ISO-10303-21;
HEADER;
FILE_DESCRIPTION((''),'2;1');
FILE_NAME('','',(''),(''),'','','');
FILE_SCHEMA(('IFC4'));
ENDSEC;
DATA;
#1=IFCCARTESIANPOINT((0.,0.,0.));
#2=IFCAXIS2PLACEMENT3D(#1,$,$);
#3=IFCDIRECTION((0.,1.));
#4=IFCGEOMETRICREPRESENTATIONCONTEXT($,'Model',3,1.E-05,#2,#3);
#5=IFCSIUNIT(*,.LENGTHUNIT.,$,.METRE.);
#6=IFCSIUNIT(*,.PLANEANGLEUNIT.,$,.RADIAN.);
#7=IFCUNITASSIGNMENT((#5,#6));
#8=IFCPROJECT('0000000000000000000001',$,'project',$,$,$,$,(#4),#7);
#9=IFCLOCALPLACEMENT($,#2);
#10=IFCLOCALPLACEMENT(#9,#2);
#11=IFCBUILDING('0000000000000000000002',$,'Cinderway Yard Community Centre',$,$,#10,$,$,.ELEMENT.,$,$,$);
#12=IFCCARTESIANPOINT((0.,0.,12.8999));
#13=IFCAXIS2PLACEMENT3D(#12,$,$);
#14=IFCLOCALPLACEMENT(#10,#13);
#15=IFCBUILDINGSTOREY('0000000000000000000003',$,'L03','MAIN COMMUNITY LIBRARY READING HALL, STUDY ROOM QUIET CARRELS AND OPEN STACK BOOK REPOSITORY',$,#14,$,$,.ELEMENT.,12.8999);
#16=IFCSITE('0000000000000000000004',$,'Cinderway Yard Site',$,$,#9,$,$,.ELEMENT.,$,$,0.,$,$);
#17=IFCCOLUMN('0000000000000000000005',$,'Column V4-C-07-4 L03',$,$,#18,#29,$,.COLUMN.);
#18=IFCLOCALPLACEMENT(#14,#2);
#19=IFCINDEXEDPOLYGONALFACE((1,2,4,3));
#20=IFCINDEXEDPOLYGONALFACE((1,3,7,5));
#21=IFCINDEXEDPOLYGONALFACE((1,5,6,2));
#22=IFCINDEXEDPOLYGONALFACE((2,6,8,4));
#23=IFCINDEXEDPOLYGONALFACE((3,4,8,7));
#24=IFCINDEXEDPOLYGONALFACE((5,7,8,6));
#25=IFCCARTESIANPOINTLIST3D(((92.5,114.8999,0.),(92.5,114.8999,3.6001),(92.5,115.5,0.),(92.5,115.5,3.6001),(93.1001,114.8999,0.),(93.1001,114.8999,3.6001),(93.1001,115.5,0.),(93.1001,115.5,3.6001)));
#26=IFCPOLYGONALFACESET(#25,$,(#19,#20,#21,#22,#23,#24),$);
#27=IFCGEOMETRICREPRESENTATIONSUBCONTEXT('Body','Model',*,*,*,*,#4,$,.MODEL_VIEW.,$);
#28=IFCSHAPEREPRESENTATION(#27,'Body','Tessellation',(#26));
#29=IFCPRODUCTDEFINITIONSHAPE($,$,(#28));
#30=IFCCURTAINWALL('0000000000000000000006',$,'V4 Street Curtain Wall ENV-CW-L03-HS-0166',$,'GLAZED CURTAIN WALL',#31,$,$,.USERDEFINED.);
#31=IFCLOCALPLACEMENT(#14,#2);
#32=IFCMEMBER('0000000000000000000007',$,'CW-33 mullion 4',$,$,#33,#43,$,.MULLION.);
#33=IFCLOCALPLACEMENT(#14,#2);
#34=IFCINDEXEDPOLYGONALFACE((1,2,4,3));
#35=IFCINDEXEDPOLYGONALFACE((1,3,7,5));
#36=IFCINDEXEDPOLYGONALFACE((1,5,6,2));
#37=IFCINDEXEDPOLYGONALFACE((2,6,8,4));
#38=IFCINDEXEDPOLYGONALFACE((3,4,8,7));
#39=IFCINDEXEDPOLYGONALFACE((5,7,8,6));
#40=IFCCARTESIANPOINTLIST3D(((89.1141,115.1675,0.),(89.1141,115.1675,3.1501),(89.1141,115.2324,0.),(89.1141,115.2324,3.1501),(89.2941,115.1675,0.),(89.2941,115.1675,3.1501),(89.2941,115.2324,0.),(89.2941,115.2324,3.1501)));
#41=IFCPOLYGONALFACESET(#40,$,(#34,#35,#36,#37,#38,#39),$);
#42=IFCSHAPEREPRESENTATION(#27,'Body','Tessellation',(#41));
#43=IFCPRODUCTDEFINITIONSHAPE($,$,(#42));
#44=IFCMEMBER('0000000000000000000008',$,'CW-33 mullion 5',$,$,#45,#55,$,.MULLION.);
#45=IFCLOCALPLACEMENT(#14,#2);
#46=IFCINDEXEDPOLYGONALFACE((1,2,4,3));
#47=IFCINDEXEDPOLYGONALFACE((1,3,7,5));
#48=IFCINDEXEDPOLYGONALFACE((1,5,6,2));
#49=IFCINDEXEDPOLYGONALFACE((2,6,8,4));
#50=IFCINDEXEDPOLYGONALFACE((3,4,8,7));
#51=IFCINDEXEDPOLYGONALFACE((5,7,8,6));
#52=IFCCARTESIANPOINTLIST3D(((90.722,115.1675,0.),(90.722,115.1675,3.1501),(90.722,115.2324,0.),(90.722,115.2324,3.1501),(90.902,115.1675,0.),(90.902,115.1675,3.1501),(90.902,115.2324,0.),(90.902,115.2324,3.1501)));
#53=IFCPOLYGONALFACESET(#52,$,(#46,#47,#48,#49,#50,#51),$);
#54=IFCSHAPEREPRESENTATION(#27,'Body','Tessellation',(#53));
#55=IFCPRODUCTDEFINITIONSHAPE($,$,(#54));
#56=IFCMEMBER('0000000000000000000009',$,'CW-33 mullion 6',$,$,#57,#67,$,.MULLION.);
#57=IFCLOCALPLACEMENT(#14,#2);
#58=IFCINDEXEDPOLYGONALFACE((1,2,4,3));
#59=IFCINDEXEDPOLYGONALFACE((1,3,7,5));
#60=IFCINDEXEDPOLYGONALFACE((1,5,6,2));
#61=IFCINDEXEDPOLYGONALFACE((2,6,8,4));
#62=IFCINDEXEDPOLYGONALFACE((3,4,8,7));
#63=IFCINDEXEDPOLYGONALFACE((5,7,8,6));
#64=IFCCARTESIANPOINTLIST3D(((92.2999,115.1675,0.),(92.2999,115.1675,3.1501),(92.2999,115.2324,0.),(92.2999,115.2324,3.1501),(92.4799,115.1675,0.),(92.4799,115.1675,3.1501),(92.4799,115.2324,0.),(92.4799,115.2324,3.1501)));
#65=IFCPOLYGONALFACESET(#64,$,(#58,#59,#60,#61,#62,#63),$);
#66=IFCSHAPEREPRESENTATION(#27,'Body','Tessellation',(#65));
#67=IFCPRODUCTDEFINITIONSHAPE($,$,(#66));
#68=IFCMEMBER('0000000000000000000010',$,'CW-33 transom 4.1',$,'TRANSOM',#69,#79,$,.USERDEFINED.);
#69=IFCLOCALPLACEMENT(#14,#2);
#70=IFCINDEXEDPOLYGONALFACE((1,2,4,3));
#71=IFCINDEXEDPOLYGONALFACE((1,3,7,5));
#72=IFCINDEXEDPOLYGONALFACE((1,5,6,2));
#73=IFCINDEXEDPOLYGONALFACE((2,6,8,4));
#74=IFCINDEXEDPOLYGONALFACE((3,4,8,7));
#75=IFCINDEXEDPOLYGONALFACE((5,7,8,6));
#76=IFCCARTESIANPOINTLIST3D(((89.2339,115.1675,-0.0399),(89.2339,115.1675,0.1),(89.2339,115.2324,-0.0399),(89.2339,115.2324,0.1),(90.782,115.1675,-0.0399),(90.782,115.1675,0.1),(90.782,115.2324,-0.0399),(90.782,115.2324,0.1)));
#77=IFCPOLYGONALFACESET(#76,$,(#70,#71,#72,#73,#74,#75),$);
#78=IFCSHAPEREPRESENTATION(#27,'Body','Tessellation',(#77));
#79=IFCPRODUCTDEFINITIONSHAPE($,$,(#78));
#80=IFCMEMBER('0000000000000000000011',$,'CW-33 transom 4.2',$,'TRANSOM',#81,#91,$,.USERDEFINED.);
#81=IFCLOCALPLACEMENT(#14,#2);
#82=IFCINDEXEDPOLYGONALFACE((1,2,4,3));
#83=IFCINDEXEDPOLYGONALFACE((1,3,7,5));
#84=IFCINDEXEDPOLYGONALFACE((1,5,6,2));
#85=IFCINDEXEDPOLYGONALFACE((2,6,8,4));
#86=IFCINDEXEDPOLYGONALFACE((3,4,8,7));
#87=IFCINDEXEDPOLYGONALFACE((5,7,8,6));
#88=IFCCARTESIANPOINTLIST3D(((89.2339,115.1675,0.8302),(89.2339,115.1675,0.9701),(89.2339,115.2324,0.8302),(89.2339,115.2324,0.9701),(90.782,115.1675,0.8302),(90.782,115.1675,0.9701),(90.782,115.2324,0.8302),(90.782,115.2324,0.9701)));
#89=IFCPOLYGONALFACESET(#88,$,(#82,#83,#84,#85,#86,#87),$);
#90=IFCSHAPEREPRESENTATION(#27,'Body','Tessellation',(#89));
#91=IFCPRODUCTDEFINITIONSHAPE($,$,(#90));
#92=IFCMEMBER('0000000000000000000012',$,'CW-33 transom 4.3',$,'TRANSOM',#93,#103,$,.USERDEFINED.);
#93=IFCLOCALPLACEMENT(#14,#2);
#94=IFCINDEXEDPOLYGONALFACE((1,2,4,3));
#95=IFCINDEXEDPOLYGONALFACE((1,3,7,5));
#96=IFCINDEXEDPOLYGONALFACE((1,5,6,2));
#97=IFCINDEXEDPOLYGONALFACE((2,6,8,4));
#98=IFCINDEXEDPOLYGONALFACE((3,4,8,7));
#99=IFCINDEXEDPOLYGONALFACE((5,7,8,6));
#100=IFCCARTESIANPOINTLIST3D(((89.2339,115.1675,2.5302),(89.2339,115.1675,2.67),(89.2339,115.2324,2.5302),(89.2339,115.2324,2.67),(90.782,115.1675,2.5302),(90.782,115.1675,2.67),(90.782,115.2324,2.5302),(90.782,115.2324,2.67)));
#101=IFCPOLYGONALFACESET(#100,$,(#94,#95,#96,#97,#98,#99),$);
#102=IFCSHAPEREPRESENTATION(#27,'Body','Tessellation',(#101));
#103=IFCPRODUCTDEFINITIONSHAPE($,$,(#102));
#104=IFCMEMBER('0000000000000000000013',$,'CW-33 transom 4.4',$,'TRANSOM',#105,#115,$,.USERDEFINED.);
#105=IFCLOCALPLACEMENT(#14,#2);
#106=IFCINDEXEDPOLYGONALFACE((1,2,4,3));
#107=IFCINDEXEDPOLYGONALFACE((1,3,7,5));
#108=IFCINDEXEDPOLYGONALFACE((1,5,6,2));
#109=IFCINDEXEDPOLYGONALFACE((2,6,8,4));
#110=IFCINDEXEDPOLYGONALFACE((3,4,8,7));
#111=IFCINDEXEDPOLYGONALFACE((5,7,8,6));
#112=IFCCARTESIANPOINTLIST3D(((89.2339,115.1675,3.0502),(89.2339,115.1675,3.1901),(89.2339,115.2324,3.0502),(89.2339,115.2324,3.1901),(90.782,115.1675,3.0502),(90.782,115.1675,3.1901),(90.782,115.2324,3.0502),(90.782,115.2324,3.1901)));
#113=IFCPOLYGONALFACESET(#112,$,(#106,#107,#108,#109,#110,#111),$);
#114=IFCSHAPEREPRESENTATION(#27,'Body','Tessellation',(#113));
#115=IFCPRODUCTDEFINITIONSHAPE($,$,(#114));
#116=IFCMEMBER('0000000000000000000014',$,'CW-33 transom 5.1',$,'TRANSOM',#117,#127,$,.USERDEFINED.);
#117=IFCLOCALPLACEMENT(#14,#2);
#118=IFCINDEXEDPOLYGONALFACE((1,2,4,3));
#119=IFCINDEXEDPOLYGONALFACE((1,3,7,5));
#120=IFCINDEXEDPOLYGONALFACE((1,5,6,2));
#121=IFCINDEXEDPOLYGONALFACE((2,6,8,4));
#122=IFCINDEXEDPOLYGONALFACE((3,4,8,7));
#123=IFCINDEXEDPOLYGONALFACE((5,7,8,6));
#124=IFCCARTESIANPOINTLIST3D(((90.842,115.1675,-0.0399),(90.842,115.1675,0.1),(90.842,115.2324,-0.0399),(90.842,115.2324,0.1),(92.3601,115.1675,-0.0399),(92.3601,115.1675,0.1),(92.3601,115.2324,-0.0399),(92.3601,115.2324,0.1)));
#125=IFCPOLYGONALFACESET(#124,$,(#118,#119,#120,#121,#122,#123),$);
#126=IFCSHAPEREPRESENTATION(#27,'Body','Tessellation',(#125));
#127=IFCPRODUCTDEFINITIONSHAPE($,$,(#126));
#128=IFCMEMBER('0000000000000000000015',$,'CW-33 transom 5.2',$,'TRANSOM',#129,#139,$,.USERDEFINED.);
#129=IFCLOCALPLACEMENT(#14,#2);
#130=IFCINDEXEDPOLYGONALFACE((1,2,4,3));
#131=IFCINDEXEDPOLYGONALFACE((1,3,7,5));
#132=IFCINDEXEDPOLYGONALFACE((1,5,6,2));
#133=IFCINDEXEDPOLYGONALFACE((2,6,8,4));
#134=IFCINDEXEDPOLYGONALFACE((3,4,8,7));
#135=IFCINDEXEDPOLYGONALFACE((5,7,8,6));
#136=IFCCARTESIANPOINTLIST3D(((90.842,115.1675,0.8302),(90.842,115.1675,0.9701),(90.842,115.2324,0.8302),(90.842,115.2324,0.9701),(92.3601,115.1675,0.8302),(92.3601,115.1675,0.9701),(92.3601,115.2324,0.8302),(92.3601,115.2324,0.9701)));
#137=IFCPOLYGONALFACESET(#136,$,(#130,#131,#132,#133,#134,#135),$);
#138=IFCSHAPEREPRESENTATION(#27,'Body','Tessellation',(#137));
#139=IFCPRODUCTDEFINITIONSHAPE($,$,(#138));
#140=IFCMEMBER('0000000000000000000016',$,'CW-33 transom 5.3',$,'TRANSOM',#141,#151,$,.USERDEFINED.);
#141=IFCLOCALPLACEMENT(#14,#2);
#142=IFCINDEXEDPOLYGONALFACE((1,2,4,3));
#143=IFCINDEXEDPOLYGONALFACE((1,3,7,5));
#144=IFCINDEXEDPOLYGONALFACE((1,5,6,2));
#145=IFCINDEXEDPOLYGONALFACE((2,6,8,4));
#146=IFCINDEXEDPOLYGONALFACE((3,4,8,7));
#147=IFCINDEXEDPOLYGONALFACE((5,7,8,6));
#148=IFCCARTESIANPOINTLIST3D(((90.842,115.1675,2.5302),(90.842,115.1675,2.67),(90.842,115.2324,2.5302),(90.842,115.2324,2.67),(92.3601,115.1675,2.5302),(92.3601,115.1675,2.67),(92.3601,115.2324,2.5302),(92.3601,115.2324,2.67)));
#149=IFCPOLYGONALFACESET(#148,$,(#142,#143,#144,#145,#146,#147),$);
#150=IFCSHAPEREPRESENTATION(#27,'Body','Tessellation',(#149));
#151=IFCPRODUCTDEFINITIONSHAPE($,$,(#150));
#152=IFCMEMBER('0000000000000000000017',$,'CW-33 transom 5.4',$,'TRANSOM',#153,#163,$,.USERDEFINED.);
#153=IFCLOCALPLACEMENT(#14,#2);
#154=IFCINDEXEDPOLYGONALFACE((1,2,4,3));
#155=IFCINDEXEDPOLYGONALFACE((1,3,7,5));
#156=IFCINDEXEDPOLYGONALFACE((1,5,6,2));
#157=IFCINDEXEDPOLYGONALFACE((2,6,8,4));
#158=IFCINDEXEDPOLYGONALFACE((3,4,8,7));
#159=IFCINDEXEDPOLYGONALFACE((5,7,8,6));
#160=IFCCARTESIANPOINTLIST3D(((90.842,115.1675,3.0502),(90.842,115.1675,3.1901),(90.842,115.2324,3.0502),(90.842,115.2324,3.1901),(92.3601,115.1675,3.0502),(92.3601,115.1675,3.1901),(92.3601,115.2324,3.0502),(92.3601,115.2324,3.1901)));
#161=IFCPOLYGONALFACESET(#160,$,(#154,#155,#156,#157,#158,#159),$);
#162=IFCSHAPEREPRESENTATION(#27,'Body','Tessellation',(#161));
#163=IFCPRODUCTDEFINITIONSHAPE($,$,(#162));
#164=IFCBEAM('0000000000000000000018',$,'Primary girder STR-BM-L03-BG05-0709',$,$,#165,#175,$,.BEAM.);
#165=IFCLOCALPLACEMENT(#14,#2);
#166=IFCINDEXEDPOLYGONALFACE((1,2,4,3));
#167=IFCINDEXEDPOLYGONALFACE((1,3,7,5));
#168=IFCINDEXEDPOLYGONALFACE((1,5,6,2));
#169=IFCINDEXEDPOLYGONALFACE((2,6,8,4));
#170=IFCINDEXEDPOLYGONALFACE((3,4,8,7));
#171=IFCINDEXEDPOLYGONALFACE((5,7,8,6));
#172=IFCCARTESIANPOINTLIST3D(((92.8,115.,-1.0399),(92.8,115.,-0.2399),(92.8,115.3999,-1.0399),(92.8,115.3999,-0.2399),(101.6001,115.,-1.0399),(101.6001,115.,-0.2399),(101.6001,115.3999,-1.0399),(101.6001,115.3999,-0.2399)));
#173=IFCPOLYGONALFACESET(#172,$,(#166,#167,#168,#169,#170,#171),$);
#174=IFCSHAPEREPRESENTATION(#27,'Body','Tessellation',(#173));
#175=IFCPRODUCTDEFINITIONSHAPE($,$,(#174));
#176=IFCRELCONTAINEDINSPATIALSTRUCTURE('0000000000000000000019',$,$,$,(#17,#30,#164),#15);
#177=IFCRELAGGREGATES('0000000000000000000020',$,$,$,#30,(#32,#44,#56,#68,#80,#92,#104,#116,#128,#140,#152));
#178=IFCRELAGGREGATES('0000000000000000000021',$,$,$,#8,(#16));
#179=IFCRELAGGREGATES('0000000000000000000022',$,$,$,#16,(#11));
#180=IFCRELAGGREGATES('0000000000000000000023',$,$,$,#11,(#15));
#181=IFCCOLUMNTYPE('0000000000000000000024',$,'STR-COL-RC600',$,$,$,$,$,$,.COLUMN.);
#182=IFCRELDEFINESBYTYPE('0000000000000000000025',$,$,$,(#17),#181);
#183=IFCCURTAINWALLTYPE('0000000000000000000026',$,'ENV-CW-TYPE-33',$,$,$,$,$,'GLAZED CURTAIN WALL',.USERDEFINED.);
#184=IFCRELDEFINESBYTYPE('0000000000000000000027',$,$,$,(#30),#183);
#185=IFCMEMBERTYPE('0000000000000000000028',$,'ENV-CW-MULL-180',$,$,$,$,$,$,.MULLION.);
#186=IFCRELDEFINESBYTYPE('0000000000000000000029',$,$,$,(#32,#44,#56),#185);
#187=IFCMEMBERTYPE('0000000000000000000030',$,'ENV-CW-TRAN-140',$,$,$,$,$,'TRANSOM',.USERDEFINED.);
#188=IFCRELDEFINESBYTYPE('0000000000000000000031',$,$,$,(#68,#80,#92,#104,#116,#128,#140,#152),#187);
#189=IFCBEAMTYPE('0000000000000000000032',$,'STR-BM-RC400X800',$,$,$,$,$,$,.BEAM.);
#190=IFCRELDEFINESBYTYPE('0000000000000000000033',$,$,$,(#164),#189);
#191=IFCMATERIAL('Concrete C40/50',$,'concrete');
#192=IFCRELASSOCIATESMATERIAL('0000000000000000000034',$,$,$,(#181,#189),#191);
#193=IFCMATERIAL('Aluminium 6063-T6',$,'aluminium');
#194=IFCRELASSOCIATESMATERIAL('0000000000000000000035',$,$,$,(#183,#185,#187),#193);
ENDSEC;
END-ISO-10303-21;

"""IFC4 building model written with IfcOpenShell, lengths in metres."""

from ifc_helpers import new_model, si_unit, direction, frame, origin, origin_2d, place, context, subcontext, project, spatial, rectangle, extrude, material, material_profile, profile_set, type_object, element, aggregate, save


model = new_model("IFC4")

# Units and contexts
model_context = context("Model", 3, precision=1e-05, world=origin(), true_north=direction((0.0, 1.0)))
body_context = subcontext(model_context, "Body", "Model", "MODEL_VIEW")
ifc_project = project(units=[si_unit("LENGTHUNIT", "METRE"), si_unit("PLANEANGLEUNIT", "RADIAN")], contexts=[model_context])

# Site, building, storey
site_placement = place(None, origin())
site = spatial("IfcSite", under=ifc_project, at=site_placement, Name="Cinderway Yard Site", CompositionType="ELEMENT", RefElevation=0.0)
building_placement = place(site_placement, origin())
building = spatial("IfcBuilding", under=site, at=building_placement, Name="Cinderway Yard Community Centre", CompositionType="ELEMENT")
storey_placement = place(building_placement, frame((0.0, 0.0, 12.8999)))
storey = spatial("IfcBuildingStorey", under=building, at=storey_placement, Name="L03", Description="MAIN COMMUNITY LIBRARY READING HALL, STUDY ROOM QUIET CARRELS AND OPEN STACK BOOK REPOSITORY", CompositionType="ELEMENT", Elevation=12.8999)

# Column
ifc_material_1 = material(Name="Concrete C40/50", Category="concrete")
ifc_material_profile_1 = material_profile(ifc_material_1, rectangle(XDim=0.6001, YDim=0.6001, at=origin_2d()), Name="Concrete C40/50")
ifc_profile_set_1 = profile_set([ifc_material_profile_1], Name="Concrete C40/50")
column_type = type_object("IfcColumnType", Name="STR-COL-RC600", PredefinedType="COLUMN", material=ifc_profile_set_1)
column_placement = place(storey_placement, frame((92.8, 115.2, 0.0), z_axis=(0.0, 0.0, 1.0), x_axis=(1.0, 0.0, 0.0)))
element("IfcColumn", 1, at=column_placement, inside=storey, type_object=column_type, Name="Column V4-C-07-4 L03", PredefinedType="COLUMN", context=body_context, shape_type="SweptSolid", body=[
    extrude(rectangle(XDim=0.6001, YDim=0.6001, at=origin_2d()), origin(), (0.0, 0.0, 1.0), 3.6001),
])

# Curtain wall, members
ifc_material_2 = material(Name="Aluminium 6063-T6", Category="aluminium")
curtain_wall_type = type_object("IfcCurtainWallType", Name="ENV-CW-TYPE-33", ElementType="GLAZED CURTAIN WALL", PredefinedType="USERDEFINED", material=ifc_material_2)
curtain_wall_placement = place(storey_placement, origin())
curtain_wall = element("IfcCurtainWall", 2, at=curtain_wall_placement, inside=storey, type_object=curtain_wall_type, Name="V4 Street Curtain Wall ENV-CW-L03-HS-0166", ObjectType="GLAZED CURTAIN WALL", PredefinedType="USERDEFINED")
ifc_material_profile_2 = material_profile(ifc_material_2, rectangle(XDim=0.0649, YDim=0.1799, at=origin_2d()), Name="Aluminium 6063-T6")
ifc_profile_set_2 = profile_set([ifc_material_profile_2], Name="Aluminium 6063-T6")
member_type_1 = type_object("IfcMemberType", Name="ENV-CW-MULL-180", PredefinedType="MULLION", material=ifc_profile_set_2)
member_1_placement = place(storey_placement, frame((89.2041, 115.2, 0.0), z_axis=(0.0, 0.0, 1.0), x_axis=(0.0, 1.0, 0.0)))
member_1 = element("IfcMember", 3, at=member_1_placement, type_object=member_type_1, Name="CW-33 mullion 4", PredefinedType="MULLION", context=body_context, shape_type="SweptSolid", body=[
    extrude(rectangle(XDim=0.0649, YDim=0.1799, at=origin_2d()), origin(), (0.0, 0.0, 1.0), 3.1501),
])
member_2_placement = place(storey_placement, frame((90.812, 115.2, 0.0), z_axis=(0.0, 0.0, 1.0), x_axis=(0.0, 1.0, 0.0)))
member_2 = element("IfcMember", 4, at=member_2_placement, type_object=member_type_1, Name="CW-33 mullion 5", PredefinedType="MULLION", context=body_context, shape_type="SweptSolid", body=[
    extrude(rectangle(XDim=0.0649, YDim=0.1799, at=origin_2d()), origin(), (0.0, 0.0, 1.0), 3.1501),
])
member_3_placement = place(storey_placement, frame((92.3899, 115.2, 0.0), z_axis=(0.0, 0.0, 1.0), x_axis=(0.0, 1.0, 0.0)))
member_3 = element("IfcMember", 5, at=member_3_placement, type_object=member_type_1, Name="CW-33 mullion 6", PredefinedType="MULLION", context=body_context, shape_type="SweptSolid", body=[
    extrude(rectangle(XDim=0.0649, YDim=0.1799, at=origin_2d()), origin(), (0.0, 0.0, 1.0), 3.1501),
])
ifc_material_profile_3 = material_profile(ifc_material_2, rectangle(XDim=0.0649, YDim=0.1399, at=origin_2d()), Name="Aluminium 6063-T6")
ifc_profile_set_3 = profile_set([ifc_material_profile_3], Name="Aluminium 6063-T6")
member_type_2 = type_object("IfcMemberType", Name="ENV-CW-TRAN-140", ElementType="TRANSOM", PredefinedType="USERDEFINED", material=ifc_profile_set_3)
member_4_placement = place(storey_placement, frame((89.2339, 115.2, 0.03), z_axis=(1.0, 0.0, 0.0), x_axis=(0.0, 1.0, 0.0)))
member_4 = element("IfcMember", 6, at=member_4_placement, type_object=member_type_2, Name="CW-33 transom 4.1", ObjectType="TRANSOM", PredefinedType="USERDEFINED", context=body_context, shape_type="SweptSolid", body=[
    extrude(rectangle(XDim=0.0649, YDim=0.1399, at=origin_2d()), origin(), (0.0, 0.0, 1.0), 1.5481),
])
member_5_placement = place(storey_placement, frame((89.2339, 115.2, 0.9001), z_axis=(1.0, 0.0, 0.0), x_axis=(0.0, 1.0, 0.0)))
member_5 = element("IfcMember", 7, at=member_5_placement, type_object=member_type_2, Name="CW-33 transom 4.2", ObjectType="TRANSOM", PredefinedType="USERDEFINED", context=body_context, shape_type="SweptSolid", body=[
    extrude(rectangle(XDim=0.0649, YDim=0.1399, at=origin_2d()), origin(), (0.0, 0.0, 1.0), 1.5481),
])
member_6_placement = place(storey_placement, frame((89.2339, 115.2, 2.6001), z_axis=(1.0, 0.0, 0.0), x_axis=(0.0, 1.0, 0.0)))
member_6 = element("IfcMember", 8, at=member_6_placement, type_object=member_type_2, Name="CW-33 transom 4.3", ObjectType="TRANSOM", PredefinedType="USERDEFINED", context=body_context, shape_type="SweptSolid", body=[
    extrude(rectangle(XDim=0.0649, YDim=0.1399, at=origin_2d()), origin(), (0.0, 0.0, 1.0), 1.5481),
])
member_7_placement = place(storey_placement, frame((89.2339, 115.2, 3.1201), z_axis=(1.0, 0.0, 0.0), x_axis=(0.0, 1.0, 0.0)))
member_7 = element("IfcMember", 9, at=member_7_placement, type_object=member_type_2, Name="CW-33 transom 4.4", ObjectType="TRANSOM", PredefinedType="USERDEFINED", context=body_context, shape_type="SweptSolid", body=[
    extrude(rectangle(XDim=0.0649, YDim=0.1399, at=origin_2d()), origin(), (0.0, 0.0, 1.0), 1.5481),
])
member_8_placement = place(storey_placement, frame((90.842, 115.2, 0.03), z_axis=(1.0, 0.0, 0.0), x_axis=(0.0, 1.0, 0.0)))
member_8 = element("IfcMember", 10, at=member_8_placement, type_object=member_type_2, Name="CW-33 transom 5.1", ObjectType="TRANSOM", PredefinedType="USERDEFINED", context=body_context, shape_type="SweptSolid", body=[
    extrude(rectangle(XDim=0.0649, YDim=0.1399, at=origin_2d()), origin(), (0.0, 0.0, 1.0), 1.5181),
])
member_9_placement = place(storey_placement, frame((90.842, 115.2, 0.9001), z_axis=(1.0, 0.0, 0.0), x_axis=(0.0, 1.0, 0.0)))
member_9 = element("IfcMember", 11, at=member_9_placement, type_object=member_type_2, Name="CW-33 transom 5.2", ObjectType="TRANSOM", PredefinedType="USERDEFINED", context=body_context, shape_type="SweptSolid", body=[
    extrude(rectangle(XDim=0.0649, YDim=0.1399, at=origin_2d()), origin(), (0.0, 0.0, 1.0), 1.5181),
])
member_10_placement = place(storey_placement, frame((90.842, 115.2, 2.6001), z_axis=(1.0, 0.0, 0.0), x_axis=(0.0, 1.0, 0.0)))
member_10 = element("IfcMember", 12, at=member_10_placement, type_object=member_type_2, Name="CW-33 transom 5.3", ObjectType="TRANSOM", PredefinedType="USERDEFINED", context=body_context, shape_type="SweptSolid", body=[
    extrude(rectangle(XDim=0.0649, YDim=0.1399, at=origin_2d()), origin(), (0.0, 0.0, 1.0), 1.5181),
])
member_11_placement = place(storey_placement, frame((90.842, 115.2, 3.1201), z_axis=(1.0, 0.0, 0.0), x_axis=(0.0, 1.0, 0.0)))
member_11 = element("IfcMember", 13, at=member_11_placement, type_object=member_type_2, Name="CW-33 transom 5.4", ObjectType="TRANSOM", PredefinedType="USERDEFINED", context=body_context, shape_type="SweptSolid", body=[
    extrude(rectangle(XDim=0.0649, YDim=0.1399, at=origin_2d()), origin(), (0.0, 0.0, 1.0), 1.5181),
])

# Beam
ifc_material_profile_4 = material_profile(ifc_material_1, rectangle(XDim=0.3999, YDim=0.8, at=origin_2d()), Name="Concrete C40/50")
ifc_profile_set_4 = profile_set([ifc_material_profile_4], Name="Concrete C40/50")
beam_type = type_object("IfcBeamType", Name="STR-BM-RC400X800", PredefinedType="BEAM", material=ifc_profile_set_4)
beam_placement = place(storey_placement, frame((92.8, 115.2, -0.6399), z_axis=(1.0, 0.0, 0.0), x_axis=(0.0, 1.0, 0.0)))
element("IfcBeam", 14, at=beam_placement, inside=storey, type_object=beam_type, Name="Primary girder STR-BM-L03-BG05-0709", PredefinedType="BEAM", context=body_context, shape_type="SweptSolid", body=[
    extrude(rectangle(XDim=0.3999, YDim=0.8, at=origin_2d()), origin(), (0.0, 0.0, 1.0), 8.8),
])

aggregate(curtain_wall, [member_1, member_2, member_3, member_4, member_5, member_6, member_7, member_8, member_9, member_10, member_11])

save(model, "model.ifc")
